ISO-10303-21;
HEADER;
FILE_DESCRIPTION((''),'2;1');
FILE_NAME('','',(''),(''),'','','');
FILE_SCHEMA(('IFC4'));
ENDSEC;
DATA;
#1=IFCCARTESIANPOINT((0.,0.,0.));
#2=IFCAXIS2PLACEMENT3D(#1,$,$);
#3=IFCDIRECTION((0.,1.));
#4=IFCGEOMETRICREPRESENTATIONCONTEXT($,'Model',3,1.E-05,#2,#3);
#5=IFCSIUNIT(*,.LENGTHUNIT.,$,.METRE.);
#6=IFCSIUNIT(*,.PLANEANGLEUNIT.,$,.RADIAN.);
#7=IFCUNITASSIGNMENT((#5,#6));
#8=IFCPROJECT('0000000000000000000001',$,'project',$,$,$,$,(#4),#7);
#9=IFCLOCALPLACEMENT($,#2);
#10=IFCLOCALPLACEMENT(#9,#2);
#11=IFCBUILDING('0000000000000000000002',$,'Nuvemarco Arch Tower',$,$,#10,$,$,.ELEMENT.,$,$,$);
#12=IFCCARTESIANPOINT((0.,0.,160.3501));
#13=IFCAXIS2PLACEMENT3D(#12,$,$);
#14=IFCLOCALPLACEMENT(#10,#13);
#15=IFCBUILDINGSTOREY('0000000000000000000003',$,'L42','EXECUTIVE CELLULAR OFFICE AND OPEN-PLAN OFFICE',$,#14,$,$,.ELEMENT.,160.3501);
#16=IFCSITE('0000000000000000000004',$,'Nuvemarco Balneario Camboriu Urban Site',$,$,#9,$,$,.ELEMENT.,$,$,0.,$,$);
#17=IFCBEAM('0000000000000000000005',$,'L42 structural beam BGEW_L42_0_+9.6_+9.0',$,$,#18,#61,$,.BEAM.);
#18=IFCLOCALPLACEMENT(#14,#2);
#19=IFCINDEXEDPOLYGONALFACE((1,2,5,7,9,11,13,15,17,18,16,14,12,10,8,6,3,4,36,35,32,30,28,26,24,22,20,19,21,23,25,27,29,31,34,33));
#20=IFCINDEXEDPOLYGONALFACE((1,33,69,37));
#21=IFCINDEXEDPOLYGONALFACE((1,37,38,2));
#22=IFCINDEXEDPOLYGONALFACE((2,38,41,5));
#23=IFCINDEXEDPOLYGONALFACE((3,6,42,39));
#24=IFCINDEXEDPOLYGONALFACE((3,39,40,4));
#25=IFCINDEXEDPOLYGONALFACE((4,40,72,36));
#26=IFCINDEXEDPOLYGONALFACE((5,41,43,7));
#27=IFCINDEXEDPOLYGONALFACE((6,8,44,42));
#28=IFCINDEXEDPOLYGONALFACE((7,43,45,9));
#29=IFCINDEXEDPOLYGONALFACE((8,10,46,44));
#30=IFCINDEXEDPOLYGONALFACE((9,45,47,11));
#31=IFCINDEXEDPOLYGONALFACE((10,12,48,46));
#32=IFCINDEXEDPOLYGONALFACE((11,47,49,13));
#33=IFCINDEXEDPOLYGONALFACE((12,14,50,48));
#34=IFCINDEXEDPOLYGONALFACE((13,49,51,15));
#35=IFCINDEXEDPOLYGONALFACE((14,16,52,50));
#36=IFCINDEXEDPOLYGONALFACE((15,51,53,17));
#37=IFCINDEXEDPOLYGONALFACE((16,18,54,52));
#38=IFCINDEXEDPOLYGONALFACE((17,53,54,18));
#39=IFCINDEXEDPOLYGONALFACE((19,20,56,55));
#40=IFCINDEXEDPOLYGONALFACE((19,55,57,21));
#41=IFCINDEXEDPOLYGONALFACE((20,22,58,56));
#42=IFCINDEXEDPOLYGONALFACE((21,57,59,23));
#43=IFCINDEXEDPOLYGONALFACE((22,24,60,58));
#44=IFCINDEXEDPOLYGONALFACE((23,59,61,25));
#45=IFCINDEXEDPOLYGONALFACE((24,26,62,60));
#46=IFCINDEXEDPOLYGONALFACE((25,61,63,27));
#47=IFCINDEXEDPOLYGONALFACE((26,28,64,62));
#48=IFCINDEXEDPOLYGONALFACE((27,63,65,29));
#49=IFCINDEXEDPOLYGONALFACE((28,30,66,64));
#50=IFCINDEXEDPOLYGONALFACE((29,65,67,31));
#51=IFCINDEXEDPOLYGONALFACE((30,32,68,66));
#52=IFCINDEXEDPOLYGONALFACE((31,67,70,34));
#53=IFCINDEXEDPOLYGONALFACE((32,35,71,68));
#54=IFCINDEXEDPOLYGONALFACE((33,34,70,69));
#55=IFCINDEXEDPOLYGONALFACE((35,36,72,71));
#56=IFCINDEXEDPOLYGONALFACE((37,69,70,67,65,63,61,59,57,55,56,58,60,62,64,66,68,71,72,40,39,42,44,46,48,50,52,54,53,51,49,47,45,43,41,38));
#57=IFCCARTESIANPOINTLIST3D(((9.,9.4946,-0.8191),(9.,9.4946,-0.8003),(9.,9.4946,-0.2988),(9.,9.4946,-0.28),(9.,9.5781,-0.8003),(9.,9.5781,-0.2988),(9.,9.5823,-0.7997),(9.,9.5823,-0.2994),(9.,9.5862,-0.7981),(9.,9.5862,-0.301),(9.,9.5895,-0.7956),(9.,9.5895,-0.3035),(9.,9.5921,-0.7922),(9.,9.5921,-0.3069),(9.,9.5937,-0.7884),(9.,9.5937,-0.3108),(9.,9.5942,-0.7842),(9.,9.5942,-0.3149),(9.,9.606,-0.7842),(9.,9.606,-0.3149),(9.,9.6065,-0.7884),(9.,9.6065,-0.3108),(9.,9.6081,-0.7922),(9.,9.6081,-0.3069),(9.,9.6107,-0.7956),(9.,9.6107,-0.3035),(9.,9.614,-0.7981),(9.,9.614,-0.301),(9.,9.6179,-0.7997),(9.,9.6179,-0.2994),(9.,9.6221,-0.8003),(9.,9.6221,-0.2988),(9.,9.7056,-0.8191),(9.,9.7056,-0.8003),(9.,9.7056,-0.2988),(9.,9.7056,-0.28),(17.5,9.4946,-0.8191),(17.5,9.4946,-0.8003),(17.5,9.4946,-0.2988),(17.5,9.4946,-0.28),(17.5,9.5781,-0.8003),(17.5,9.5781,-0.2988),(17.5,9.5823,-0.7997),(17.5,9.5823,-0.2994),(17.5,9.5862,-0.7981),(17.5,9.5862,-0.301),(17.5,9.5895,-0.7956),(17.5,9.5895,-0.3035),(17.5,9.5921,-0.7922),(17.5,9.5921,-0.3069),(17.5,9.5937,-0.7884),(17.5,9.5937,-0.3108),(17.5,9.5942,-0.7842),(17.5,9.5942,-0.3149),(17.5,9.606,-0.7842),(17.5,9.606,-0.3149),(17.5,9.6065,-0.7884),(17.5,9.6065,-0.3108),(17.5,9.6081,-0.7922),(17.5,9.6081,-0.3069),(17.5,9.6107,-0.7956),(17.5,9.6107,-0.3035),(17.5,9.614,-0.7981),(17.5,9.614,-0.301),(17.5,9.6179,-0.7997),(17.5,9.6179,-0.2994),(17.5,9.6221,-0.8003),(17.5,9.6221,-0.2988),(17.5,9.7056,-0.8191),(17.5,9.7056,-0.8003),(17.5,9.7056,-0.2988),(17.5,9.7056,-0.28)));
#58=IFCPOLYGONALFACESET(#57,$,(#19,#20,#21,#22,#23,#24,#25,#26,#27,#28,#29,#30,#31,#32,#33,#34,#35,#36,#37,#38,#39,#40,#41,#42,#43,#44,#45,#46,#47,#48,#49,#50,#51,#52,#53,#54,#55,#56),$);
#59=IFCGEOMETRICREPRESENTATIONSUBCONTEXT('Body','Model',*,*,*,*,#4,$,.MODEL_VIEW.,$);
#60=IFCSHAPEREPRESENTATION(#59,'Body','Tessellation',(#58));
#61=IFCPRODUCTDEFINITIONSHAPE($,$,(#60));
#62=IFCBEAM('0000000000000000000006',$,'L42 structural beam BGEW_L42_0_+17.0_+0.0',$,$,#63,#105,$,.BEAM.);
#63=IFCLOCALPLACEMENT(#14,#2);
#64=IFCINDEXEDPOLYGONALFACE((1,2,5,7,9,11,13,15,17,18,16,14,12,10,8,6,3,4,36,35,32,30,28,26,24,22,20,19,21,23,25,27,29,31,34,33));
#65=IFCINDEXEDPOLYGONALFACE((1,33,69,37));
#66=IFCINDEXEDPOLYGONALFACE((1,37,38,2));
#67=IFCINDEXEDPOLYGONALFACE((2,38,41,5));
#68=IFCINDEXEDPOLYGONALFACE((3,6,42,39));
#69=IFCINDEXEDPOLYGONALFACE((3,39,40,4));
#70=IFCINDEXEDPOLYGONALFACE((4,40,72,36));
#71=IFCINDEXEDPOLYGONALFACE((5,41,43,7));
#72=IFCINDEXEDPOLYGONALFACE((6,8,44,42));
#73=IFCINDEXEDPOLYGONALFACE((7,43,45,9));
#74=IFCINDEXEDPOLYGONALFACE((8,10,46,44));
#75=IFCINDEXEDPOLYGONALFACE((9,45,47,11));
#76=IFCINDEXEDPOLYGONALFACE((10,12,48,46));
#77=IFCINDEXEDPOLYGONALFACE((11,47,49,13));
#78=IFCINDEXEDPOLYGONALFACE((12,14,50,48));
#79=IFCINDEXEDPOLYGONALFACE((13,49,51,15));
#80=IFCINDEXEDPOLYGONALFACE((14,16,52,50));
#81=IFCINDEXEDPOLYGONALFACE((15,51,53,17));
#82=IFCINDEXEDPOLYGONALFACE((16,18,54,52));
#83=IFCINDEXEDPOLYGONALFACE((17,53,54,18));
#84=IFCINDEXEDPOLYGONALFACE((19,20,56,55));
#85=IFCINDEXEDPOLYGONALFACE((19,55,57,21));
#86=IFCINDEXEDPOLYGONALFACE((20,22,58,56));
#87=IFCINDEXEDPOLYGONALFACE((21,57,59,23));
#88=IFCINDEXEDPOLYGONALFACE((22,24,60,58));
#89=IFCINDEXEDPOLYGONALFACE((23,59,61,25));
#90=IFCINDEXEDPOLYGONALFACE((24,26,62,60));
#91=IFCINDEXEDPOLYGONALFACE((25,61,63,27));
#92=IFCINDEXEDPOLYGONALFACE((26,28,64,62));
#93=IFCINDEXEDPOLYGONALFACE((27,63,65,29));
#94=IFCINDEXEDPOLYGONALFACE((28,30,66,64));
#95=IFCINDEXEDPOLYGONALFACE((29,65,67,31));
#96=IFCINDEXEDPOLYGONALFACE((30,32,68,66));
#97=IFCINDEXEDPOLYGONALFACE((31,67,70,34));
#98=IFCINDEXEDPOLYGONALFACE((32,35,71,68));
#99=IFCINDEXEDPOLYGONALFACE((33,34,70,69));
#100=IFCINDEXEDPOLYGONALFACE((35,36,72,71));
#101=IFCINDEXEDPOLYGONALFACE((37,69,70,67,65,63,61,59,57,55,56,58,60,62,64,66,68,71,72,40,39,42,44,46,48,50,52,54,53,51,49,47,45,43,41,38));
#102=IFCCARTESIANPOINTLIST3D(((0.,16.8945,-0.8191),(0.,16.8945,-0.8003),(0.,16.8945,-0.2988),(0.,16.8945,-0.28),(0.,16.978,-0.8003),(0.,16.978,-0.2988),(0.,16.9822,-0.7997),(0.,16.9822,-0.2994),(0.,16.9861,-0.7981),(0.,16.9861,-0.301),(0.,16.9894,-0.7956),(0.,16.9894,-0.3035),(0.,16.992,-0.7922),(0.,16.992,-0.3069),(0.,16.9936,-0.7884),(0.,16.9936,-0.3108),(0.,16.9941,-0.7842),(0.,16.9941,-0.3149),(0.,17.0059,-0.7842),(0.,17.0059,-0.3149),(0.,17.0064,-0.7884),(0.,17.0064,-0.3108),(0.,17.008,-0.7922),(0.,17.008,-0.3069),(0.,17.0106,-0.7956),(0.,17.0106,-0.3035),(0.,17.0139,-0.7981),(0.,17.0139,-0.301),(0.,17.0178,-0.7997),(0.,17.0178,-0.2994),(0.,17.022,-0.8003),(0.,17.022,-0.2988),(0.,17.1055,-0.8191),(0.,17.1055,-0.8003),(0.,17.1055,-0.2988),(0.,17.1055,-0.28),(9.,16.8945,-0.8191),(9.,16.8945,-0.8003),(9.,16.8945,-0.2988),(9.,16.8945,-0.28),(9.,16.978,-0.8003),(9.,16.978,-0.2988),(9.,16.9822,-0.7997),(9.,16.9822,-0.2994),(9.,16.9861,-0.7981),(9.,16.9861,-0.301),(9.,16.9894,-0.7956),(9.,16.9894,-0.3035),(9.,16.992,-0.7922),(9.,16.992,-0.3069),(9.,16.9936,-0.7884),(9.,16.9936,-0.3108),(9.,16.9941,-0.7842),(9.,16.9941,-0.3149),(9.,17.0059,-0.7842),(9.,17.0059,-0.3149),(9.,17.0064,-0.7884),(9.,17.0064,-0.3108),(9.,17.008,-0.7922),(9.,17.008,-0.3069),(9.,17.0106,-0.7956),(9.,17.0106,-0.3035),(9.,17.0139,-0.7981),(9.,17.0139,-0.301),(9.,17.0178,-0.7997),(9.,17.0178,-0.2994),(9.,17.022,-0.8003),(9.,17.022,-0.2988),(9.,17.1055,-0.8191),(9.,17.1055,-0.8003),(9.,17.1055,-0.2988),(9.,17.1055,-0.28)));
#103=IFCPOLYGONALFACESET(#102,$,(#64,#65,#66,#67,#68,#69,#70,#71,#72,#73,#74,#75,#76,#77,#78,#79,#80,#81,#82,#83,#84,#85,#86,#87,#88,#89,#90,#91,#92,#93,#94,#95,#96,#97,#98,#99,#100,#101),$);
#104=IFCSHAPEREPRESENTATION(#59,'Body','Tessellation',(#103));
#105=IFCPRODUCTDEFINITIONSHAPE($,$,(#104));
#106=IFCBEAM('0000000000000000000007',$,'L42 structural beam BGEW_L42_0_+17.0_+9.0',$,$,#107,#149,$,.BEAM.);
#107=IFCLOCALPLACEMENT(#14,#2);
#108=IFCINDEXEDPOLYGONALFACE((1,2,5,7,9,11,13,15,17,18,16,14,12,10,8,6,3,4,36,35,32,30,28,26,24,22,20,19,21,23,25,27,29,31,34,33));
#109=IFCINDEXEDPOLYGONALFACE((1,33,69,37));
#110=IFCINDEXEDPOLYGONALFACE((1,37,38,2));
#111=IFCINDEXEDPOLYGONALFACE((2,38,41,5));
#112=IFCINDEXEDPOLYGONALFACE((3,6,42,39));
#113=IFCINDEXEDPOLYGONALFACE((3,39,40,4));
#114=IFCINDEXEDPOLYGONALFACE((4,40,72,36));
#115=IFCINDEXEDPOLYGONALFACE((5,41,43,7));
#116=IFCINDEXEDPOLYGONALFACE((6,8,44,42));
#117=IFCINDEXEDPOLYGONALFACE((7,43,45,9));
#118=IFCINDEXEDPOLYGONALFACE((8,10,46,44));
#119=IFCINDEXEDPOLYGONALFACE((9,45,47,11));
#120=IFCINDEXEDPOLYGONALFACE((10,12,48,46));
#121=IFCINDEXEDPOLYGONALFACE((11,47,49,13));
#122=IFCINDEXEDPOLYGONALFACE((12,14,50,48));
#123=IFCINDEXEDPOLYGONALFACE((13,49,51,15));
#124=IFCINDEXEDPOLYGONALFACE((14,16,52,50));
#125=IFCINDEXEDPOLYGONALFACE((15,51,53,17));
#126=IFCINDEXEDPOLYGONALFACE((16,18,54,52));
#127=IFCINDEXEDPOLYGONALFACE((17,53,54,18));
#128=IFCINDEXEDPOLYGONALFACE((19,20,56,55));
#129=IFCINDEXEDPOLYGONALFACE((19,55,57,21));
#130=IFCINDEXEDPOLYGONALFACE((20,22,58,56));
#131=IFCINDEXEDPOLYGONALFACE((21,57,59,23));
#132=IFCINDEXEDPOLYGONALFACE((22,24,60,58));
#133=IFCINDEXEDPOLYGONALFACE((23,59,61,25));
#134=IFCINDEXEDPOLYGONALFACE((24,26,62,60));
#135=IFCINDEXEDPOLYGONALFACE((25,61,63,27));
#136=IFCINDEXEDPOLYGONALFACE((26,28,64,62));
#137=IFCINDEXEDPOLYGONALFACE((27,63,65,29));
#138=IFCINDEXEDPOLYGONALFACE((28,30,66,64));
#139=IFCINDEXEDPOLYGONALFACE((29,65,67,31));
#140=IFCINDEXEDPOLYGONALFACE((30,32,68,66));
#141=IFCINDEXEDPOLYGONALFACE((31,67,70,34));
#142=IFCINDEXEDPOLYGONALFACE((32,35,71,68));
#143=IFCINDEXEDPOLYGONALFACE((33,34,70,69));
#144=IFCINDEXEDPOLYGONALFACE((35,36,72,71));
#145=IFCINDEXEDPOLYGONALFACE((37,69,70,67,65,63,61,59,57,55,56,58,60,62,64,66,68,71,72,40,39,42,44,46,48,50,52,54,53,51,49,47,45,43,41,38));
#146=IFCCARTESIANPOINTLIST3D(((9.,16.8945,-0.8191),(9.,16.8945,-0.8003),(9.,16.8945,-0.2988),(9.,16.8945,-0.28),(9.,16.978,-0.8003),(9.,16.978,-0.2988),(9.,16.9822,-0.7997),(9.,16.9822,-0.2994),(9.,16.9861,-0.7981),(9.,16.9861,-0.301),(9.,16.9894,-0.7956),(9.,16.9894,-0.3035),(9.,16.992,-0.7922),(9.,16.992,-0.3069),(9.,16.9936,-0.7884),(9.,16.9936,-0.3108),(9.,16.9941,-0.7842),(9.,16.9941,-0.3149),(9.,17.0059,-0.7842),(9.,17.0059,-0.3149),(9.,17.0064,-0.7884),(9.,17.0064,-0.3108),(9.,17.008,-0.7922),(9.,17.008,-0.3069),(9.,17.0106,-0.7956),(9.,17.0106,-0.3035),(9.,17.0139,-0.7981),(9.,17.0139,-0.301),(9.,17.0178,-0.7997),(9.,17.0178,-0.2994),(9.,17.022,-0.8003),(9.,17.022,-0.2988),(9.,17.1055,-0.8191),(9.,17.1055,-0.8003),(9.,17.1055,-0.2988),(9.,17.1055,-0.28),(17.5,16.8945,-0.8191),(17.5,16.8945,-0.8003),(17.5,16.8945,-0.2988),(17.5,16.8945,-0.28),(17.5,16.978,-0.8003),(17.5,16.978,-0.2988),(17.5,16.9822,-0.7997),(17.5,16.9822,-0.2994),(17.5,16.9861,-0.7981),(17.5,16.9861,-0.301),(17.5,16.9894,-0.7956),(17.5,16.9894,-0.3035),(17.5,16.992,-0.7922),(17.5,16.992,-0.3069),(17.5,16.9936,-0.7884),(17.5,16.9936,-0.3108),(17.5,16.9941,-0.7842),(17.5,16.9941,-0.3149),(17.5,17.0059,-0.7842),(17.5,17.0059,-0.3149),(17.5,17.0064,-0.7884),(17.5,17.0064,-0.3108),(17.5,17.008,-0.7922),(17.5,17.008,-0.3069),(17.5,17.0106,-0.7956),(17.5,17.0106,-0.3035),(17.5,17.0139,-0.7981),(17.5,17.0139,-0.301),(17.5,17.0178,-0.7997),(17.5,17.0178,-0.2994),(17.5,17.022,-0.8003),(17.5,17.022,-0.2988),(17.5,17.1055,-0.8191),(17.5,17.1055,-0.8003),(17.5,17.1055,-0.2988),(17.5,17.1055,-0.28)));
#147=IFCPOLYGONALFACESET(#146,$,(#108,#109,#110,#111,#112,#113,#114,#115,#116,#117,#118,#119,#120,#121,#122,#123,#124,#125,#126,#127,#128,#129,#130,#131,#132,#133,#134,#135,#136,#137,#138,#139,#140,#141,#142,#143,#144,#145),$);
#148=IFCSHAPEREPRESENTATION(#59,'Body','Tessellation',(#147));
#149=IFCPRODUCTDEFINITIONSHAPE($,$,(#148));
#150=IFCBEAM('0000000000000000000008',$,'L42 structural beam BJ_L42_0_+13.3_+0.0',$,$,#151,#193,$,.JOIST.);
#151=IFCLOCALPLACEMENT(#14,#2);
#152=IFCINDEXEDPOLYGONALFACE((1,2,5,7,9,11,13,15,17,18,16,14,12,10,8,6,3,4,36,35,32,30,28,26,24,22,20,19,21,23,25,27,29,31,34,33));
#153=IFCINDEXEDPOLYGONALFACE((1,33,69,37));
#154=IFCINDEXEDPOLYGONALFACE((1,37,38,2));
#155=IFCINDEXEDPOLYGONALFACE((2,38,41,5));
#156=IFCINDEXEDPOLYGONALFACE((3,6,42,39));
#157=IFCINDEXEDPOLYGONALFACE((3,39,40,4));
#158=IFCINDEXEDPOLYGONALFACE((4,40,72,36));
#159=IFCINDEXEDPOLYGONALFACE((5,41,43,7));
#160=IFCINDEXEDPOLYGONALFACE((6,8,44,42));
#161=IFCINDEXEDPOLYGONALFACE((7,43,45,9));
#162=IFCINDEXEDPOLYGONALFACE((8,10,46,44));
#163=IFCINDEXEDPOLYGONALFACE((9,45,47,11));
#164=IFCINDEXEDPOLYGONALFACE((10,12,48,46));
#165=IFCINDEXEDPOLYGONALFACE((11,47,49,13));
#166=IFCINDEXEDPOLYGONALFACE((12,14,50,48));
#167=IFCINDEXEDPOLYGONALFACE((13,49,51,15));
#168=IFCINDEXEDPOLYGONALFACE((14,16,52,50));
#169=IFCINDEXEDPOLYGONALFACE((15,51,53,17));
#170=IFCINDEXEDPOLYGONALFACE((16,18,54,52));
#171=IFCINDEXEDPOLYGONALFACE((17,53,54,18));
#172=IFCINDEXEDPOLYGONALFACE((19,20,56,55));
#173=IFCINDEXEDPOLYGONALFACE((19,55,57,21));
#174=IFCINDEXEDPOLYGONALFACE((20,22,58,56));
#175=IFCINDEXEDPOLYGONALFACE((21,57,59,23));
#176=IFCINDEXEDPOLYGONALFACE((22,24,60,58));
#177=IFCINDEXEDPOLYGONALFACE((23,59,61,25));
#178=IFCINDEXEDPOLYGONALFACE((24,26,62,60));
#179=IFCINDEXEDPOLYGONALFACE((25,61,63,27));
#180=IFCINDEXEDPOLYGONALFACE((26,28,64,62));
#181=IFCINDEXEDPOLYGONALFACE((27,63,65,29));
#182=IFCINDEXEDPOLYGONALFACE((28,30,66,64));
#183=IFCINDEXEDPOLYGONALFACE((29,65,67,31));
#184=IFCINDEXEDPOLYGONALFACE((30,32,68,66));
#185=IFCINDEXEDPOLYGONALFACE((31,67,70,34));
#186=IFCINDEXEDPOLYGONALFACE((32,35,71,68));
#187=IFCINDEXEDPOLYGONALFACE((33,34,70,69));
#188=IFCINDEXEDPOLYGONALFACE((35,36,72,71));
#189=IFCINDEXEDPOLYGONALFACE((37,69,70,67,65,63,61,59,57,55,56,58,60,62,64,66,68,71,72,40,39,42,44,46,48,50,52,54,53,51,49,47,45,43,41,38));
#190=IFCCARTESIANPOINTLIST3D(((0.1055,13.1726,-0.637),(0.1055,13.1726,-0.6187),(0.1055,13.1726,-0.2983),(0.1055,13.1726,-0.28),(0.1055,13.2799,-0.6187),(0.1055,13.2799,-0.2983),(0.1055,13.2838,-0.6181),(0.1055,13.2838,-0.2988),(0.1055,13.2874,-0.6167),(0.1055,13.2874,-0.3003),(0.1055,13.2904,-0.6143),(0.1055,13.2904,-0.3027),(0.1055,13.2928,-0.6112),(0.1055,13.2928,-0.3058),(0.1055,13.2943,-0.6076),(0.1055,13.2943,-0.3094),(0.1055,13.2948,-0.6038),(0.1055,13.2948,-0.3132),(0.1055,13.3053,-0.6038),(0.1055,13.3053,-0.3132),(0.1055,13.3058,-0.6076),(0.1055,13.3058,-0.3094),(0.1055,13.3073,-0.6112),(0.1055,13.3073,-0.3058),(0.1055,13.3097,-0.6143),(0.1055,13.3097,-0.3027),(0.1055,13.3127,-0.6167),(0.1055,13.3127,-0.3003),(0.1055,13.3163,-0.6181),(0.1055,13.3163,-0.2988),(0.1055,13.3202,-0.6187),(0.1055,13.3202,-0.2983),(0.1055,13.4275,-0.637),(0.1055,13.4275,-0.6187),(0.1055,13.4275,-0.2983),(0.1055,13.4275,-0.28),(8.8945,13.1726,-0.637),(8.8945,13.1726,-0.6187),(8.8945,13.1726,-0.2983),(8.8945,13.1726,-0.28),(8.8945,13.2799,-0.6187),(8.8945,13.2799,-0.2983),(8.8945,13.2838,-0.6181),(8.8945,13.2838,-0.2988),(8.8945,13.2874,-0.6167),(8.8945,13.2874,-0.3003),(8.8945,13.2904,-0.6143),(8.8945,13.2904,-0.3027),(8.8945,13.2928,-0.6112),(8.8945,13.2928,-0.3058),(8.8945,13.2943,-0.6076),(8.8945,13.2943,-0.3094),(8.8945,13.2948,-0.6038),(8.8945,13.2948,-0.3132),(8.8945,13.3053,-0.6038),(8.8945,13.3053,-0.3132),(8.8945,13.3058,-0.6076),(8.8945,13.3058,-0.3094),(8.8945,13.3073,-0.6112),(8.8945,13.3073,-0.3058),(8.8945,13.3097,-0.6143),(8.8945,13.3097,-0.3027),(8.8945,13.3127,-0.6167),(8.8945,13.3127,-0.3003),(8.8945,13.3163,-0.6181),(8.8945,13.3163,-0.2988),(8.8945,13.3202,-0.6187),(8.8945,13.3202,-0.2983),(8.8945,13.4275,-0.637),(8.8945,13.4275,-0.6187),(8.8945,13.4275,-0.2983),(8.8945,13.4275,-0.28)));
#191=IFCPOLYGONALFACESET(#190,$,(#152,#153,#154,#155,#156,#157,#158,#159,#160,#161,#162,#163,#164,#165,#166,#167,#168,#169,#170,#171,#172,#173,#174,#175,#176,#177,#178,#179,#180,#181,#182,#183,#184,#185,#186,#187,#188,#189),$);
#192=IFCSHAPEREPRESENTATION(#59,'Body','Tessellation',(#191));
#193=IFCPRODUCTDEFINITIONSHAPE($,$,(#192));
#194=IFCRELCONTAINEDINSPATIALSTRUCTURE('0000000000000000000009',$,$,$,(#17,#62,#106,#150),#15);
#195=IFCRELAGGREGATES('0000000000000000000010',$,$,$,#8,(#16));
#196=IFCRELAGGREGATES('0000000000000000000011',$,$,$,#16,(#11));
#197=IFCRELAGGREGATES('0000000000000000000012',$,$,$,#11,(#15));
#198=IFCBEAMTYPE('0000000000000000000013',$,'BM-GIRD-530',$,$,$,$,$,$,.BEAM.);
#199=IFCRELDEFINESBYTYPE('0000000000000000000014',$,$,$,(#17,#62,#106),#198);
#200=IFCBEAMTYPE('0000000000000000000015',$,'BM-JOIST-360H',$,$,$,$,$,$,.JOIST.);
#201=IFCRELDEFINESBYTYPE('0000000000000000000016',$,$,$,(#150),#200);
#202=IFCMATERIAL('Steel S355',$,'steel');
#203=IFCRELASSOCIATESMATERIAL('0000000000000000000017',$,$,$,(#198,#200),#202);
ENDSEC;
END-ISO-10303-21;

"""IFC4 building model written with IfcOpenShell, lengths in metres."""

from ifc_helpers import new_model, si_unit, direction, frame, origin, origin_2d, place, context, subcontext, project, spatial, i_section, extrude, material, material_profile, profile_set, type_object, element, save


model = new_model("IFC4")

# Units and contexts
model_context = context("Model", 3, precision=1e-05, world=origin(), true_north=direction((0.0, 1.0)))
body_context = subcontext(model_context, "Body", "Model", "MODEL_VIEW")
ifc_project = project(units=[si_unit("LENGTHUNIT", "METRE"), si_unit("PLANEANGLEUNIT", "RADIAN")], contexts=[model_context])

# Site, building, storey
site_placement = place(None, origin())
site = spatial("IfcSite", under=ifc_project, at=site_placement, Name="Nuvemarco Balneario Camboriu Urban Site", CompositionType="ELEMENT", RefElevation=0.0)
building_placement = place(site_placement, origin())
building = spatial("IfcBuilding", under=site, at=building_placement, Name="Nuvemarco Arch Tower", CompositionType="ELEMENT")
storey_placement = place(building_placement, frame((0.0, 0.0, 160.3501)))
storey = spatial("IfcBuildingStorey", under=building, at=storey_placement, Name="L42", Description="EXECUTIVE CELLULAR OFFICE AND OPEN-PLAN OFFICE", CompositionType="ELEMENT", Elevation=160.3501)

# Shared definitions
ifc_material_1 = material(Name="Steel S355", Category="steel")

# Beams
ifc_material_profile_1 = material_profile(ifc_material_1, i_section(OverallWidth=0.2109, OverallDepth=0.5391, WebThickness=0.0117, FlangeThickness=0.0188, FilletRadius=0.0161, at=origin_2d()), Name="W530x109")
ifc_profile_set_1 = profile_set([ifc_material_profile_1], Name="Steel S355")
beam_type_1 = type_object("IfcBeamType", Name="BM-GIRD-530", PredefinedType="BEAM", material=ifc_profile_set_1)
beam_1_placement = place(storey_placement, frame((9.0, 9.6001, -0.5496), z_axis=(1.0, 0.0, 0.0), x_axis=(0.0, 1.0, 0.0)))
element("IfcBeam", 1, at=beam_1_placement, inside=storey, type_object=beam_type_1, Name="L42 structural beam BGEW_L42_0_+9.6_+9.0", PredefinedType="BEAM", context=body_context, shape_type="SweptSolid", body=[
    extrude(i_section(OverallWidth=0.2109, OverallDepth=0.5391, WebThickness=0.0117, FlangeThickness=0.0188, FilletRadius=0.0161, at=origin_2d()), origin(), (0.0, 0.0, 1.0), 8.5),
])
beam_2_placement = place(storey_placement, frame((0.0, 17.0, -0.5496), z_axis=(1.0, 0.0, 0.0), x_axis=(0.0, 1.0, 0.0)))
element("IfcBeam", 2, at=beam_2_placement, inside=storey, type_object=beam_type_1, Name="L42 structural beam BGEW_L42_0_+17.0_+0.0", PredefinedType="BEAM", context=body_context, shape_type="SweptSolid", body=[
    extrude(i_section(OverallWidth=0.2109, OverallDepth=0.5391, WebThickness=0.0117, FlangeThickness=0.0188, FilletRadius=0.0161, at=origin_2d()), origin(), (0.0, 0.0, 1.0), 9.0),
])
beam_3_placement = place(storey_placement, frame((9.0, 17.0, -0.5496), z_axis=(1.0, 0.0, 0.0), x_axis=(0.0, 1.0, 0.0)))
element("IfcBeam", 3, at=beam_3_placement, inside=storey, type_object=beam_type_1, Name="L42 structural beam BGEW_L42_0_+17.0_+9.0", PredefinedType="BEAM", context=body_context, shape_type="SweptSolid", body=[
    extrude(i_section(OverallWidth=0.2109, OverallDepth=0.5391, WebThickness=0.0117, FlangeThickness=0.0188, FilletRadius=0.0161, at=origin_2d()), origin(), (0.0, 0.0, 1.0), 8.5),
])
ifc_material_profile_2 = material_profile(ifc_material_1, i_section(OverallWidth=0.2549, OverallDepth=0.3569, WebThickness=0.0105, FlangeThickness=0.0183, FilletRadius=0.0149, at=origin_2d()), Name="W360x101")
ifc_profile_set_2 = profile_set([ifc_material_profile_2], Name="Steel S355")
beam_type_2 = type_object("IfcBeamType", Name="BM-JOIST-360H", PredefinedType="JOIST", material=ifc_profile_set_2)
beam_4_placement = place(storey_placement, frame((0.1055, 13.3, -0.4585), z_axis=(1.0, 0.0, 0.0), x_axis=(0.0, 1.0, 0.0)))
element("IfcBeam", 4, at=beam_4_placement, inside=storey, type_object=beam_type_2, Name="L42 structural beam BJ_L42_0_+13.3_+0.0", PredefinedType="JOIST", context=body_context, shape_type="SweptSolid", body=[
    extrude(i_section(OverallWidth=0.2549, OverallDepth=0.3569, WebThickness=0.0105, FlangeThickness=0.0183, FilletRadius=0.0149, at=origin_2d()), origin(), (0.0, 0.0, 1.0), 8.7891),
])

save(model, "model.ifc")
